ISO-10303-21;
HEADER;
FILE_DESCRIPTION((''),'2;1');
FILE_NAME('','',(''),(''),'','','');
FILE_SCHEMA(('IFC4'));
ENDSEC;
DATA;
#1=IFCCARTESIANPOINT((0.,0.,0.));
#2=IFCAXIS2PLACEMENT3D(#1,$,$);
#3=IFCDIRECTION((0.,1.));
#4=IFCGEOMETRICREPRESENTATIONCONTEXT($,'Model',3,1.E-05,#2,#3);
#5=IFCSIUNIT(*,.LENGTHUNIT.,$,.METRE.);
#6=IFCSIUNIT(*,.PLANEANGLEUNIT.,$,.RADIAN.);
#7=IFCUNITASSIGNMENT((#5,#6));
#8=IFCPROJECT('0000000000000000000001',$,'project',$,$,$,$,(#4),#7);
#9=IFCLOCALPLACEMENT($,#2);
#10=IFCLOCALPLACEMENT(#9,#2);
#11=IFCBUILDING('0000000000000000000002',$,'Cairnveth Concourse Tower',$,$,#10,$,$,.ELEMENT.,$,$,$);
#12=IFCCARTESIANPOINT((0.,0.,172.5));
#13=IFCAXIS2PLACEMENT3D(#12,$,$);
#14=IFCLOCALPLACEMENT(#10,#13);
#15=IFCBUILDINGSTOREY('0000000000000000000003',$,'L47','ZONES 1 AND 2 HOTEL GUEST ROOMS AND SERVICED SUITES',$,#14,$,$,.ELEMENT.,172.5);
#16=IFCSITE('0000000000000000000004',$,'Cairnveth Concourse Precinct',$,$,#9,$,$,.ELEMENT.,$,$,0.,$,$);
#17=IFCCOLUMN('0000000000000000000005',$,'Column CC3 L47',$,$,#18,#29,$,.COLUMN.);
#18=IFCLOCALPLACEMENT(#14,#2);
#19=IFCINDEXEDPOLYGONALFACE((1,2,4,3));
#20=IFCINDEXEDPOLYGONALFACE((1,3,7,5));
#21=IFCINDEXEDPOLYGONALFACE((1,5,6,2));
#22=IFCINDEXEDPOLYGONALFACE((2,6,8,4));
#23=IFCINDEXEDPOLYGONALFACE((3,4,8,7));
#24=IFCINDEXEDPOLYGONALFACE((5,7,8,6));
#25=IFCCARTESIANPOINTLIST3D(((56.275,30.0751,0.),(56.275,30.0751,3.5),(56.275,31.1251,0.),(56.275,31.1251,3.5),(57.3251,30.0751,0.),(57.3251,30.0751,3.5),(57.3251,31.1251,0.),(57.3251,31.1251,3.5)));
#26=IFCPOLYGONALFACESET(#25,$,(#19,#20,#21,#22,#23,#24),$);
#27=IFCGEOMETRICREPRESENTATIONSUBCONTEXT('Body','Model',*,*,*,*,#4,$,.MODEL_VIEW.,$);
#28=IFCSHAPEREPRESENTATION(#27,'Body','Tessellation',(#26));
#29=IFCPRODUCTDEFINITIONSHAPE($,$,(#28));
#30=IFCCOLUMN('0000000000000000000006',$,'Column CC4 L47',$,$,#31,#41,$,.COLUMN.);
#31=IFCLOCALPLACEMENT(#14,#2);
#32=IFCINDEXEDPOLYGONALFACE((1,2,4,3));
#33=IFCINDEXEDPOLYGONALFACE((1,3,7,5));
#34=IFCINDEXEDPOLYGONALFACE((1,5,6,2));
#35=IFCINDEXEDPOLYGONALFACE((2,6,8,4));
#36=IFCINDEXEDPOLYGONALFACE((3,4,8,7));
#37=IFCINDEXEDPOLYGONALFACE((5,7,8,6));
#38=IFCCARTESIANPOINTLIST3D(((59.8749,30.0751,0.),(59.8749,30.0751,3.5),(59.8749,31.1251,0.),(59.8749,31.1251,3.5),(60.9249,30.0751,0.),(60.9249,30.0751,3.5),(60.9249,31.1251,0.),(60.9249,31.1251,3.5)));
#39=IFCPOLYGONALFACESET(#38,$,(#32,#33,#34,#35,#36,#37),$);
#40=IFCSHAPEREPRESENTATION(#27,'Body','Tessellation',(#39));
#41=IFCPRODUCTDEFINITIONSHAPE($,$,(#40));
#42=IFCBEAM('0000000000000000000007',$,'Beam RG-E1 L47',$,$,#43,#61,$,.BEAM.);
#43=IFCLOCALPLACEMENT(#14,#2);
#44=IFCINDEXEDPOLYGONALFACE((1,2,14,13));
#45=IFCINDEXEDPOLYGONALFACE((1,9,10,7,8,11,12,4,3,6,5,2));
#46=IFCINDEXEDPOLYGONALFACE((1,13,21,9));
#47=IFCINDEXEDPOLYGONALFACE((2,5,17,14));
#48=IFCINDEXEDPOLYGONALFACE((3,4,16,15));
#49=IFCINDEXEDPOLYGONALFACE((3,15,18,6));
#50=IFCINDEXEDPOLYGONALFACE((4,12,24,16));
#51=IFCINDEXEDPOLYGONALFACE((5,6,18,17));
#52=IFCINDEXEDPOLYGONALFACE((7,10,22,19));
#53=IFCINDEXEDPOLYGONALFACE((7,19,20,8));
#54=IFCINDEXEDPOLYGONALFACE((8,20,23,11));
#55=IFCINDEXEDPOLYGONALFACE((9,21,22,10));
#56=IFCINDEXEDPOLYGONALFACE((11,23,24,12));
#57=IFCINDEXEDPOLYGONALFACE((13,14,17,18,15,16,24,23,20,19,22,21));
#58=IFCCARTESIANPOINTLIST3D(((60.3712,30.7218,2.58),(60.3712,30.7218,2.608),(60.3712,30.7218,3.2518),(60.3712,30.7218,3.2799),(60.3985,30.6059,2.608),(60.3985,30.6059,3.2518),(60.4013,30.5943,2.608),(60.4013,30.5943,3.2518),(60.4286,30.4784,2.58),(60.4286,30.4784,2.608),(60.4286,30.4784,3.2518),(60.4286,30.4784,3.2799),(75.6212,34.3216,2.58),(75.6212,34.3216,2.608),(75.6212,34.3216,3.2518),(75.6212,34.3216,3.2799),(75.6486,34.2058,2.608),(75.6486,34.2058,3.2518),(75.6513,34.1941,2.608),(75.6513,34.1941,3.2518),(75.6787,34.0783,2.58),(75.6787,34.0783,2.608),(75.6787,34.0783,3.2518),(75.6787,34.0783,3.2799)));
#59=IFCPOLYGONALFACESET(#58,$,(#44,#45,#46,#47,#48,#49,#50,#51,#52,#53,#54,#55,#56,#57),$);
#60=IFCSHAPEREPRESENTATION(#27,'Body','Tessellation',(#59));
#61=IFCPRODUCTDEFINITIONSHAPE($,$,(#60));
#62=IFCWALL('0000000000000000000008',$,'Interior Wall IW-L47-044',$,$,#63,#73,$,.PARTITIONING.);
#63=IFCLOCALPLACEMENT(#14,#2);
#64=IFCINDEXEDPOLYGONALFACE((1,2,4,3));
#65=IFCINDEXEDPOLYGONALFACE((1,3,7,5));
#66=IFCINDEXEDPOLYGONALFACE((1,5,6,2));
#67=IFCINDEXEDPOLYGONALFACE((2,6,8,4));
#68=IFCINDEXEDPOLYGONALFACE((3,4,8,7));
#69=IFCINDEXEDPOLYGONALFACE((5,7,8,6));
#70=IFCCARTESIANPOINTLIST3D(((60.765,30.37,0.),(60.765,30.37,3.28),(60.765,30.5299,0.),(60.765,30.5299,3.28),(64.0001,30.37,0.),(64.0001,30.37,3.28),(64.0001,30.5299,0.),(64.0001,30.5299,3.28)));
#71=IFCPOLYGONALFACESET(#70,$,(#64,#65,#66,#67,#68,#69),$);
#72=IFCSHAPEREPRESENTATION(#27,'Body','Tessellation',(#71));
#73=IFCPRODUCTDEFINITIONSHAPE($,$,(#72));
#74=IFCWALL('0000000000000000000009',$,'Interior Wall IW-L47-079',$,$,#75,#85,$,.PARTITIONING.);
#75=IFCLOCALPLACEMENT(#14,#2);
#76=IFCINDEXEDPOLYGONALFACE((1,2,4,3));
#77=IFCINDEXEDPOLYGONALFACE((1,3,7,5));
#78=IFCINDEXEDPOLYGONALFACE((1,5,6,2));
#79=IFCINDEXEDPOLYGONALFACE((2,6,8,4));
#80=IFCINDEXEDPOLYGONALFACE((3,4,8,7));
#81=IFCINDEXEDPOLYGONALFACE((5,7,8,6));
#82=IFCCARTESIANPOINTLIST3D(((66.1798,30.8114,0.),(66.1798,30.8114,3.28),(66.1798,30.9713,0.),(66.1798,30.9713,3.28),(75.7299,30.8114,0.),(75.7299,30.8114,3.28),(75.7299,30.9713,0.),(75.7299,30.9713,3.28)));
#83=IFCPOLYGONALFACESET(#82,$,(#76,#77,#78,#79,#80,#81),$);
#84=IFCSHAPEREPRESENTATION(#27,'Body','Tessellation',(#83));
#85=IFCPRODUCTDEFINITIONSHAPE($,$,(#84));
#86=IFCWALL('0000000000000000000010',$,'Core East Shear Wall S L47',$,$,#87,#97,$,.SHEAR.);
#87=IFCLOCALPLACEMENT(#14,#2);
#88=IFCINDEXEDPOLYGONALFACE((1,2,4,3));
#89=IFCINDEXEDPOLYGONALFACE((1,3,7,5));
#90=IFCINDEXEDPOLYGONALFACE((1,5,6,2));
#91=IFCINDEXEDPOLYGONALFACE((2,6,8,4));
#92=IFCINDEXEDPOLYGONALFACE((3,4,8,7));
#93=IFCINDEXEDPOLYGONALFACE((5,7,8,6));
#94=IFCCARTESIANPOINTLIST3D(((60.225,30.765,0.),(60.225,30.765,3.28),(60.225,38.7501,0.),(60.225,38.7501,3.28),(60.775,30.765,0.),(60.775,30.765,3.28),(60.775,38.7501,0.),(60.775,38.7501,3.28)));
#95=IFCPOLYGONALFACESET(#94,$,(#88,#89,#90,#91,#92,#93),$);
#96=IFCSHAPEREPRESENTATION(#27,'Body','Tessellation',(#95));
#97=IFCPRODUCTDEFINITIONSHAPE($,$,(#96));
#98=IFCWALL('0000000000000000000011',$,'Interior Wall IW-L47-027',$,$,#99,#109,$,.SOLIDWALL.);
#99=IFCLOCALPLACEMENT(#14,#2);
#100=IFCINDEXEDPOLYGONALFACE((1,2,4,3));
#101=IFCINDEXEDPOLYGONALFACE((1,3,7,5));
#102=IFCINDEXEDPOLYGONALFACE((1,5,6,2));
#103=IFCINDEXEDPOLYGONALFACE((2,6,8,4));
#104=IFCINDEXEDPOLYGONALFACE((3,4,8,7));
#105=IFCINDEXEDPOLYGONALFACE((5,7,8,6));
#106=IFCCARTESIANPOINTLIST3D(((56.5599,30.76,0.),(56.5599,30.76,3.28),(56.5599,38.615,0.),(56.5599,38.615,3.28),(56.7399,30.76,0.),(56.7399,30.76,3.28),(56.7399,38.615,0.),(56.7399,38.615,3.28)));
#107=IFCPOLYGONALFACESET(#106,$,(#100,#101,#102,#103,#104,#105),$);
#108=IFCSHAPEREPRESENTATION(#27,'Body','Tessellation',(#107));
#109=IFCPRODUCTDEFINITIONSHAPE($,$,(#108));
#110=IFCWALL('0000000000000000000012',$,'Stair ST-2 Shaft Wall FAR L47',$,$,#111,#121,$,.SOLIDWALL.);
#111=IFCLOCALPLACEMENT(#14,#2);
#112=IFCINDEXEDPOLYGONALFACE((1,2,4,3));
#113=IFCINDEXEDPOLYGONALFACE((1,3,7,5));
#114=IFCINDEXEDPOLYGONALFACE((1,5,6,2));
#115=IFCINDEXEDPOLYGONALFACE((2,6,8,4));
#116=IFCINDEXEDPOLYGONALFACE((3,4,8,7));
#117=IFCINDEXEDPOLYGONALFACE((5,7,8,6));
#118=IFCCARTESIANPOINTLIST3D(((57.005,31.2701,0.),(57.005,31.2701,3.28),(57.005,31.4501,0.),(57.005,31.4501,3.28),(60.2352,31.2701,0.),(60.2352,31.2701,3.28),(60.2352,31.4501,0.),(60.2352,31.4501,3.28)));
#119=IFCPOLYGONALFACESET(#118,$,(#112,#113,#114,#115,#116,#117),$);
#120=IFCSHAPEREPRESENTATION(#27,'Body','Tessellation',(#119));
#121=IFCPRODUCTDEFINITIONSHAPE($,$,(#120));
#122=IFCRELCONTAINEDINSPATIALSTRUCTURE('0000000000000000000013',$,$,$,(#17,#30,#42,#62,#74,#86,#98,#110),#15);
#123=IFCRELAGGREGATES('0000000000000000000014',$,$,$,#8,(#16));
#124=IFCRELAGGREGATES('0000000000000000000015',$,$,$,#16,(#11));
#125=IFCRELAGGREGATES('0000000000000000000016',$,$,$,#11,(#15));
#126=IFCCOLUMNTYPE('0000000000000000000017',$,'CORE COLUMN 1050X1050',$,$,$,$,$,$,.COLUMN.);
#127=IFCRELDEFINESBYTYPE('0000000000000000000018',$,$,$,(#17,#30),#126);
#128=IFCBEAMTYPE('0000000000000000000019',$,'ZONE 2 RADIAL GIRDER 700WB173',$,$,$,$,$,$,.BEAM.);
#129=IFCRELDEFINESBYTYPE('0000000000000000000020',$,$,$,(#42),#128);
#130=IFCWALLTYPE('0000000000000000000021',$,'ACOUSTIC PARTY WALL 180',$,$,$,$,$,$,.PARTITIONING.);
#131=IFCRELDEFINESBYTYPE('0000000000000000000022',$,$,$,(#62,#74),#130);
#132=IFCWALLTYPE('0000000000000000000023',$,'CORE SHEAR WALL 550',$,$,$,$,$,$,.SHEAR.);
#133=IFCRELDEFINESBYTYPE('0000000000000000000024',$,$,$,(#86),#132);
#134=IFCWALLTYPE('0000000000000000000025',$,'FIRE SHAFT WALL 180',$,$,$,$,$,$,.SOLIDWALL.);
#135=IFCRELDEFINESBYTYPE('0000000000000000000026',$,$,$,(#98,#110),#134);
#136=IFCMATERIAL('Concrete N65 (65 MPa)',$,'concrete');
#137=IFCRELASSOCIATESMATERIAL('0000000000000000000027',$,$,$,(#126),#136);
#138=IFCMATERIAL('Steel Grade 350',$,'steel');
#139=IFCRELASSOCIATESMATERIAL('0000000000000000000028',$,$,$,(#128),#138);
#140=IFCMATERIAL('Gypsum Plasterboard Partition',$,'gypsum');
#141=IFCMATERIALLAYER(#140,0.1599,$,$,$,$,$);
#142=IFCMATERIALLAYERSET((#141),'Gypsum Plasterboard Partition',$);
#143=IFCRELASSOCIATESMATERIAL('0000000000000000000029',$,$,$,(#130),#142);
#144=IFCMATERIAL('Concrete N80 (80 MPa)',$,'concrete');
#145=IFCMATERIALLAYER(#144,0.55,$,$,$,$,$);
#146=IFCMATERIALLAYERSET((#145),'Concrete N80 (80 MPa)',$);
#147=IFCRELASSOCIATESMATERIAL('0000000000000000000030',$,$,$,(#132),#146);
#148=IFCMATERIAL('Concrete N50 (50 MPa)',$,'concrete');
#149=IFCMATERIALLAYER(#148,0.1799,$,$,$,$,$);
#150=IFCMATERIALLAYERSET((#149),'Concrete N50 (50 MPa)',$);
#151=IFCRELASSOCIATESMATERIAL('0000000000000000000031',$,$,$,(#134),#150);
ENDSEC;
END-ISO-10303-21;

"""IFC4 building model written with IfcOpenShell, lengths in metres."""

from ifc_helpers import new_model, si_unit, direction, frame, frame_2d, origin, origin_2d, place, context, subcontext, project, spatial, rectangle, i_section, extrude, material, layer, layer_set, material_profile, profile_set, type_object, element, save


model = new_model("IFC4")

# Units and contexts
model_context = context("Model", 3, precision=1e-05, world=origin(), true_north=direction((0.0, 1.0)))
body_context = subcontext(model_context, "Body", "Model", "MODEL_VIEW")
ifc_project = project(units=[si_unit("LENGTHUNIT", "METRE"), si_unit("PLANEANGLEUNIT", "RADIAN")], contexts=[model_context])

# Site, building, storey
site_placement = place(None, origin())
site = spatial("IfcSite", under=ifc_project, at=site_placement, Name="Cairnveth Concourse Precinct", CompositionType="ELEMENT", RefElevation=0.0)
building_placement = place(site_placement, origin())
building = spatial("IfcBuilding", under=site, at=building_placement, Name="Cairnveth Concourse Tower", CompositionType="ELEMENT")
storey_placement = place(building_placement, frame((0.0, 0.0, 172.5)))
storey = spatial("IfcBuildingStorey", under=building, at=storey_placement, Name="L47", Description="ZONES 1 AND 2 HOTEL GUEST ROOMS AND SERVICED SUITES", CompositionType="ELEMENT", Elevation=172.5)

# Columns
ifc_material_1 = material(Name="Concrete N65 (65 MPa)", Category="concrete")
ifc_material_profile_1 = material_profile(ifc_material_1, rectangle(XDim=1.05, YDim=1.05, at=origin_2d()), Name="RC-COL-1050x1050")
ifc_profile_set_1 = profile_set([ifc_material_profile_1], Name="Concrete N65 (65 MPa)")
column_type = type_object("IfcColumnType", Name="CORE COLUMN 1050X1050", PredefinedType="COLUMN", material=ifc_profile_set_1)
for number, where, z_axis, x_axis, name in (
    (1, (56.8, 30.6001, 0.0), (0.0, 0.0, 1.0), (1.0, 0.0, 0.0), "Column CC3 L47"),
    (2, (60.3999, 30.6001, 0.0), (0.0, 0.0, 1.0), (1.0, 0.0, 0.0), "Column CC4 L47"),
):
    element("IfcColumn", number, at=place(storey_placement, frame(where, z_axis=z_axis, x_axis=x_axis)), inside=storey, type_object=column_type, Name=name, PredefinedType="COLUMN", context=body_context, shape_type="SweptSolid", body=[
        extrude(rectangle(XDim=1.05, YDim=1.05, at=origin_2d()), origin(), (0.0, 0.0, 1.0), 3.5),
    ])

# Beam
ifc_material_2 = material(Name="Steel Grade 350", Category="steel")
ifc_material_profile_2 = material_profile(ifc_material_2, i_section(OverallWidth=0.25, OverallDepth=0.7, WebThickness=0.012, FlangeThickness=0.0281, at=origin_2d()), Name="700WB173")
ifc_profile_set_2 = profile_set([ifc_material_profile_2], Name="Steel Grade 350")
beam_type = type_object("IfcBeamType", Name="ZONE 2 RADIAL GIRDER 700WB173", PredefinedType="BEAM", material=ifc_profile_set_2)
beam_placement = place(storey_placement, frame((60.3999, 30.6001, 2.9299), z_axis=(0.973252, 0.229742, 0.0), x_axis=(-0.229742, 0.973252, 0.0)))
element("IfcBeam", 3, at=beam_placement, inside=storey, type_object=beam_type, Name="Beam RG-E1 L47", PredefinedType="BEAM", context=body_context, shape_type="SweptSolid", body=[
    extrude(i_section(OverallWidth=0.25, OverallDepth=0.7, WebThickness=0.012, FlangeThickness=0.0281, at=origin_2d()), origin(), (0.0, 0.0, 1.0), 15.6692),
])

# Walls
ifc_material_3 = material(Name="Gypsum Plasterboard Partition", Category="gypsum")
ifc_layer_1 = layer(ifc_material_3, 0.1599)
ifc_layer_set_1 = layer_set([ifc_layer_1], Name="Gypsum Plasterboard Partition")
wall_type_1 = type_object("IfcWallType", Name="ACOUSTIC PARTY WALL 180", PredefinedType="PARTITIONING", material=ifc_layer_set_1)
wall_1_placement = place(storey_placement, frame((60.7649, 30.45, 0.0), z_axis=(0.0, 0.0, 1.0), x_axis=(1.0, 0.0, 0.0)))
element("IfcWall", 4, at=wall_1_placement, inside=storey, type_object=wall_type_1, Name="Interior Wall IW-L47-044", PredefinedType="PARTITIONING", context=body_context, shape_type="SweptSolid", body=[
    extrude(rectangle(XDim=3.2351, YDim=0.1599, at=frame_2d((1.6177, 0.0))), origin(), (0.0, 0.0, 1.0), 3.28),
])
wall_2_placement = place(storey_placement, frame((66.1799, 30.8914, 0.0), z_axis=(0.0, 0.0, 1.0), x_axis=(1.0, 0.0, 0.0)))
element("IfcWall", 5, at=wall_2_placement, inside=storey, type_object=wall_type_1, Name="Interior Wall IW-L47-079", PredefinedType="PARTITIONING", context=body_context, shape_type="SweptSolid", body=[
    extrude(rectangle(XDim=9.55, YDim=0.1599, at=frame_2d((4.7749, 0.0))), origin(), (0.0, 0.0, 1.0), 3.28),
])
ifc_material_4 = material(Name="Concrete N80 (80 MPa)", Category="concrete")
ifc_layer_2 = layer(ifc_material_4, 0.55)
ifc_layer_set_2 = layer_set([ifc_layer_2], Name="Concrete N80 (80 MPa)")
wall_type_2 = type_object("IfcWallType", Name="CORE SHEAR WALL 550", PredefinedType="SHEAR", material=ifc_layer_set_2)
wall_3_placement = place(storey_placement, frame((60.5, 30.7649, 0.0), z_axis=(0.0, 0.0, 1.0), x_axis=(0.0, 1.0, 0.0)))
element("IfcWall", 6, at=wall_3_placement, inside=storey, type_object=wall_type_2, Name="Core East Shear Wall S L47", PredefinedType="SHEAR", context=body_context, shape_type="SweptSolid", body=[
    extrude(rectangle(XDim=7.9851, YDim=0.55, at=frame_2d((3.9927, 0.0))), origin(), (0.0, 0.0, 1.0), 3.28),
])
ifc_material_5 = material(Name="Concrete N50 (50 MPa)", Category="concrete")
ifc_layer_3 = layer(ifc_material_5, 0.1799)
ifc_layer_set_3 = layer_set([ifc_layer_3], Name="Concrete N50 (50 MPa)")
wall_type_3 = type_object("IfcWallType", Name="FIRE SHAFT WALL 180", PredefinedType="SOLIDWALL", material=ifc_layer_set_3)
wall_4_placement = place(storey_placement, frame((56.6499, 30.76, 0.0), z_axis=(0.0, 0.0, 1.0), x_axis=(0.0, 1.0, 0.0)))
element("IfcWall", 7, at=wall_4_placement, inside=storey, type_object=wall_type_3, Name="Interior Wall IW-L47-027", PredefinedType="SOLIDWALL", context=body_context, shape_type="SweptSolid", body=[
    extrude(rectangle(XDim=7.855, YDim=0.1799, at=frame_2d((3.9275, 0.0))), origin(), (0.0, 0.0, 1.0), 3.28),
])
wall_5_placement = place(storey_placement, frame((57.0049, 31.3601, 0.0), z_axis=(0.0, 0.0, 1.0), x_axis=(1.0, 0.0, 0.0)))
element("IfcWall", 8, at=wall_5_placement, inside=storey, type_object=wall_type_3, Name="Stair ST-2 Shaft Wall FAR L47", PredefinedType="SOLIDWALL", context=body_context, shape_type="SweptSolid", body=[
    extrude(rectangle(XDim=3.2302, YDim=0.1799, at=frame_2d((1.6152, 0.0))), origin(), (0.0, 0.0, 1.0), 3.28),
])

save(model, "model.ifc")
